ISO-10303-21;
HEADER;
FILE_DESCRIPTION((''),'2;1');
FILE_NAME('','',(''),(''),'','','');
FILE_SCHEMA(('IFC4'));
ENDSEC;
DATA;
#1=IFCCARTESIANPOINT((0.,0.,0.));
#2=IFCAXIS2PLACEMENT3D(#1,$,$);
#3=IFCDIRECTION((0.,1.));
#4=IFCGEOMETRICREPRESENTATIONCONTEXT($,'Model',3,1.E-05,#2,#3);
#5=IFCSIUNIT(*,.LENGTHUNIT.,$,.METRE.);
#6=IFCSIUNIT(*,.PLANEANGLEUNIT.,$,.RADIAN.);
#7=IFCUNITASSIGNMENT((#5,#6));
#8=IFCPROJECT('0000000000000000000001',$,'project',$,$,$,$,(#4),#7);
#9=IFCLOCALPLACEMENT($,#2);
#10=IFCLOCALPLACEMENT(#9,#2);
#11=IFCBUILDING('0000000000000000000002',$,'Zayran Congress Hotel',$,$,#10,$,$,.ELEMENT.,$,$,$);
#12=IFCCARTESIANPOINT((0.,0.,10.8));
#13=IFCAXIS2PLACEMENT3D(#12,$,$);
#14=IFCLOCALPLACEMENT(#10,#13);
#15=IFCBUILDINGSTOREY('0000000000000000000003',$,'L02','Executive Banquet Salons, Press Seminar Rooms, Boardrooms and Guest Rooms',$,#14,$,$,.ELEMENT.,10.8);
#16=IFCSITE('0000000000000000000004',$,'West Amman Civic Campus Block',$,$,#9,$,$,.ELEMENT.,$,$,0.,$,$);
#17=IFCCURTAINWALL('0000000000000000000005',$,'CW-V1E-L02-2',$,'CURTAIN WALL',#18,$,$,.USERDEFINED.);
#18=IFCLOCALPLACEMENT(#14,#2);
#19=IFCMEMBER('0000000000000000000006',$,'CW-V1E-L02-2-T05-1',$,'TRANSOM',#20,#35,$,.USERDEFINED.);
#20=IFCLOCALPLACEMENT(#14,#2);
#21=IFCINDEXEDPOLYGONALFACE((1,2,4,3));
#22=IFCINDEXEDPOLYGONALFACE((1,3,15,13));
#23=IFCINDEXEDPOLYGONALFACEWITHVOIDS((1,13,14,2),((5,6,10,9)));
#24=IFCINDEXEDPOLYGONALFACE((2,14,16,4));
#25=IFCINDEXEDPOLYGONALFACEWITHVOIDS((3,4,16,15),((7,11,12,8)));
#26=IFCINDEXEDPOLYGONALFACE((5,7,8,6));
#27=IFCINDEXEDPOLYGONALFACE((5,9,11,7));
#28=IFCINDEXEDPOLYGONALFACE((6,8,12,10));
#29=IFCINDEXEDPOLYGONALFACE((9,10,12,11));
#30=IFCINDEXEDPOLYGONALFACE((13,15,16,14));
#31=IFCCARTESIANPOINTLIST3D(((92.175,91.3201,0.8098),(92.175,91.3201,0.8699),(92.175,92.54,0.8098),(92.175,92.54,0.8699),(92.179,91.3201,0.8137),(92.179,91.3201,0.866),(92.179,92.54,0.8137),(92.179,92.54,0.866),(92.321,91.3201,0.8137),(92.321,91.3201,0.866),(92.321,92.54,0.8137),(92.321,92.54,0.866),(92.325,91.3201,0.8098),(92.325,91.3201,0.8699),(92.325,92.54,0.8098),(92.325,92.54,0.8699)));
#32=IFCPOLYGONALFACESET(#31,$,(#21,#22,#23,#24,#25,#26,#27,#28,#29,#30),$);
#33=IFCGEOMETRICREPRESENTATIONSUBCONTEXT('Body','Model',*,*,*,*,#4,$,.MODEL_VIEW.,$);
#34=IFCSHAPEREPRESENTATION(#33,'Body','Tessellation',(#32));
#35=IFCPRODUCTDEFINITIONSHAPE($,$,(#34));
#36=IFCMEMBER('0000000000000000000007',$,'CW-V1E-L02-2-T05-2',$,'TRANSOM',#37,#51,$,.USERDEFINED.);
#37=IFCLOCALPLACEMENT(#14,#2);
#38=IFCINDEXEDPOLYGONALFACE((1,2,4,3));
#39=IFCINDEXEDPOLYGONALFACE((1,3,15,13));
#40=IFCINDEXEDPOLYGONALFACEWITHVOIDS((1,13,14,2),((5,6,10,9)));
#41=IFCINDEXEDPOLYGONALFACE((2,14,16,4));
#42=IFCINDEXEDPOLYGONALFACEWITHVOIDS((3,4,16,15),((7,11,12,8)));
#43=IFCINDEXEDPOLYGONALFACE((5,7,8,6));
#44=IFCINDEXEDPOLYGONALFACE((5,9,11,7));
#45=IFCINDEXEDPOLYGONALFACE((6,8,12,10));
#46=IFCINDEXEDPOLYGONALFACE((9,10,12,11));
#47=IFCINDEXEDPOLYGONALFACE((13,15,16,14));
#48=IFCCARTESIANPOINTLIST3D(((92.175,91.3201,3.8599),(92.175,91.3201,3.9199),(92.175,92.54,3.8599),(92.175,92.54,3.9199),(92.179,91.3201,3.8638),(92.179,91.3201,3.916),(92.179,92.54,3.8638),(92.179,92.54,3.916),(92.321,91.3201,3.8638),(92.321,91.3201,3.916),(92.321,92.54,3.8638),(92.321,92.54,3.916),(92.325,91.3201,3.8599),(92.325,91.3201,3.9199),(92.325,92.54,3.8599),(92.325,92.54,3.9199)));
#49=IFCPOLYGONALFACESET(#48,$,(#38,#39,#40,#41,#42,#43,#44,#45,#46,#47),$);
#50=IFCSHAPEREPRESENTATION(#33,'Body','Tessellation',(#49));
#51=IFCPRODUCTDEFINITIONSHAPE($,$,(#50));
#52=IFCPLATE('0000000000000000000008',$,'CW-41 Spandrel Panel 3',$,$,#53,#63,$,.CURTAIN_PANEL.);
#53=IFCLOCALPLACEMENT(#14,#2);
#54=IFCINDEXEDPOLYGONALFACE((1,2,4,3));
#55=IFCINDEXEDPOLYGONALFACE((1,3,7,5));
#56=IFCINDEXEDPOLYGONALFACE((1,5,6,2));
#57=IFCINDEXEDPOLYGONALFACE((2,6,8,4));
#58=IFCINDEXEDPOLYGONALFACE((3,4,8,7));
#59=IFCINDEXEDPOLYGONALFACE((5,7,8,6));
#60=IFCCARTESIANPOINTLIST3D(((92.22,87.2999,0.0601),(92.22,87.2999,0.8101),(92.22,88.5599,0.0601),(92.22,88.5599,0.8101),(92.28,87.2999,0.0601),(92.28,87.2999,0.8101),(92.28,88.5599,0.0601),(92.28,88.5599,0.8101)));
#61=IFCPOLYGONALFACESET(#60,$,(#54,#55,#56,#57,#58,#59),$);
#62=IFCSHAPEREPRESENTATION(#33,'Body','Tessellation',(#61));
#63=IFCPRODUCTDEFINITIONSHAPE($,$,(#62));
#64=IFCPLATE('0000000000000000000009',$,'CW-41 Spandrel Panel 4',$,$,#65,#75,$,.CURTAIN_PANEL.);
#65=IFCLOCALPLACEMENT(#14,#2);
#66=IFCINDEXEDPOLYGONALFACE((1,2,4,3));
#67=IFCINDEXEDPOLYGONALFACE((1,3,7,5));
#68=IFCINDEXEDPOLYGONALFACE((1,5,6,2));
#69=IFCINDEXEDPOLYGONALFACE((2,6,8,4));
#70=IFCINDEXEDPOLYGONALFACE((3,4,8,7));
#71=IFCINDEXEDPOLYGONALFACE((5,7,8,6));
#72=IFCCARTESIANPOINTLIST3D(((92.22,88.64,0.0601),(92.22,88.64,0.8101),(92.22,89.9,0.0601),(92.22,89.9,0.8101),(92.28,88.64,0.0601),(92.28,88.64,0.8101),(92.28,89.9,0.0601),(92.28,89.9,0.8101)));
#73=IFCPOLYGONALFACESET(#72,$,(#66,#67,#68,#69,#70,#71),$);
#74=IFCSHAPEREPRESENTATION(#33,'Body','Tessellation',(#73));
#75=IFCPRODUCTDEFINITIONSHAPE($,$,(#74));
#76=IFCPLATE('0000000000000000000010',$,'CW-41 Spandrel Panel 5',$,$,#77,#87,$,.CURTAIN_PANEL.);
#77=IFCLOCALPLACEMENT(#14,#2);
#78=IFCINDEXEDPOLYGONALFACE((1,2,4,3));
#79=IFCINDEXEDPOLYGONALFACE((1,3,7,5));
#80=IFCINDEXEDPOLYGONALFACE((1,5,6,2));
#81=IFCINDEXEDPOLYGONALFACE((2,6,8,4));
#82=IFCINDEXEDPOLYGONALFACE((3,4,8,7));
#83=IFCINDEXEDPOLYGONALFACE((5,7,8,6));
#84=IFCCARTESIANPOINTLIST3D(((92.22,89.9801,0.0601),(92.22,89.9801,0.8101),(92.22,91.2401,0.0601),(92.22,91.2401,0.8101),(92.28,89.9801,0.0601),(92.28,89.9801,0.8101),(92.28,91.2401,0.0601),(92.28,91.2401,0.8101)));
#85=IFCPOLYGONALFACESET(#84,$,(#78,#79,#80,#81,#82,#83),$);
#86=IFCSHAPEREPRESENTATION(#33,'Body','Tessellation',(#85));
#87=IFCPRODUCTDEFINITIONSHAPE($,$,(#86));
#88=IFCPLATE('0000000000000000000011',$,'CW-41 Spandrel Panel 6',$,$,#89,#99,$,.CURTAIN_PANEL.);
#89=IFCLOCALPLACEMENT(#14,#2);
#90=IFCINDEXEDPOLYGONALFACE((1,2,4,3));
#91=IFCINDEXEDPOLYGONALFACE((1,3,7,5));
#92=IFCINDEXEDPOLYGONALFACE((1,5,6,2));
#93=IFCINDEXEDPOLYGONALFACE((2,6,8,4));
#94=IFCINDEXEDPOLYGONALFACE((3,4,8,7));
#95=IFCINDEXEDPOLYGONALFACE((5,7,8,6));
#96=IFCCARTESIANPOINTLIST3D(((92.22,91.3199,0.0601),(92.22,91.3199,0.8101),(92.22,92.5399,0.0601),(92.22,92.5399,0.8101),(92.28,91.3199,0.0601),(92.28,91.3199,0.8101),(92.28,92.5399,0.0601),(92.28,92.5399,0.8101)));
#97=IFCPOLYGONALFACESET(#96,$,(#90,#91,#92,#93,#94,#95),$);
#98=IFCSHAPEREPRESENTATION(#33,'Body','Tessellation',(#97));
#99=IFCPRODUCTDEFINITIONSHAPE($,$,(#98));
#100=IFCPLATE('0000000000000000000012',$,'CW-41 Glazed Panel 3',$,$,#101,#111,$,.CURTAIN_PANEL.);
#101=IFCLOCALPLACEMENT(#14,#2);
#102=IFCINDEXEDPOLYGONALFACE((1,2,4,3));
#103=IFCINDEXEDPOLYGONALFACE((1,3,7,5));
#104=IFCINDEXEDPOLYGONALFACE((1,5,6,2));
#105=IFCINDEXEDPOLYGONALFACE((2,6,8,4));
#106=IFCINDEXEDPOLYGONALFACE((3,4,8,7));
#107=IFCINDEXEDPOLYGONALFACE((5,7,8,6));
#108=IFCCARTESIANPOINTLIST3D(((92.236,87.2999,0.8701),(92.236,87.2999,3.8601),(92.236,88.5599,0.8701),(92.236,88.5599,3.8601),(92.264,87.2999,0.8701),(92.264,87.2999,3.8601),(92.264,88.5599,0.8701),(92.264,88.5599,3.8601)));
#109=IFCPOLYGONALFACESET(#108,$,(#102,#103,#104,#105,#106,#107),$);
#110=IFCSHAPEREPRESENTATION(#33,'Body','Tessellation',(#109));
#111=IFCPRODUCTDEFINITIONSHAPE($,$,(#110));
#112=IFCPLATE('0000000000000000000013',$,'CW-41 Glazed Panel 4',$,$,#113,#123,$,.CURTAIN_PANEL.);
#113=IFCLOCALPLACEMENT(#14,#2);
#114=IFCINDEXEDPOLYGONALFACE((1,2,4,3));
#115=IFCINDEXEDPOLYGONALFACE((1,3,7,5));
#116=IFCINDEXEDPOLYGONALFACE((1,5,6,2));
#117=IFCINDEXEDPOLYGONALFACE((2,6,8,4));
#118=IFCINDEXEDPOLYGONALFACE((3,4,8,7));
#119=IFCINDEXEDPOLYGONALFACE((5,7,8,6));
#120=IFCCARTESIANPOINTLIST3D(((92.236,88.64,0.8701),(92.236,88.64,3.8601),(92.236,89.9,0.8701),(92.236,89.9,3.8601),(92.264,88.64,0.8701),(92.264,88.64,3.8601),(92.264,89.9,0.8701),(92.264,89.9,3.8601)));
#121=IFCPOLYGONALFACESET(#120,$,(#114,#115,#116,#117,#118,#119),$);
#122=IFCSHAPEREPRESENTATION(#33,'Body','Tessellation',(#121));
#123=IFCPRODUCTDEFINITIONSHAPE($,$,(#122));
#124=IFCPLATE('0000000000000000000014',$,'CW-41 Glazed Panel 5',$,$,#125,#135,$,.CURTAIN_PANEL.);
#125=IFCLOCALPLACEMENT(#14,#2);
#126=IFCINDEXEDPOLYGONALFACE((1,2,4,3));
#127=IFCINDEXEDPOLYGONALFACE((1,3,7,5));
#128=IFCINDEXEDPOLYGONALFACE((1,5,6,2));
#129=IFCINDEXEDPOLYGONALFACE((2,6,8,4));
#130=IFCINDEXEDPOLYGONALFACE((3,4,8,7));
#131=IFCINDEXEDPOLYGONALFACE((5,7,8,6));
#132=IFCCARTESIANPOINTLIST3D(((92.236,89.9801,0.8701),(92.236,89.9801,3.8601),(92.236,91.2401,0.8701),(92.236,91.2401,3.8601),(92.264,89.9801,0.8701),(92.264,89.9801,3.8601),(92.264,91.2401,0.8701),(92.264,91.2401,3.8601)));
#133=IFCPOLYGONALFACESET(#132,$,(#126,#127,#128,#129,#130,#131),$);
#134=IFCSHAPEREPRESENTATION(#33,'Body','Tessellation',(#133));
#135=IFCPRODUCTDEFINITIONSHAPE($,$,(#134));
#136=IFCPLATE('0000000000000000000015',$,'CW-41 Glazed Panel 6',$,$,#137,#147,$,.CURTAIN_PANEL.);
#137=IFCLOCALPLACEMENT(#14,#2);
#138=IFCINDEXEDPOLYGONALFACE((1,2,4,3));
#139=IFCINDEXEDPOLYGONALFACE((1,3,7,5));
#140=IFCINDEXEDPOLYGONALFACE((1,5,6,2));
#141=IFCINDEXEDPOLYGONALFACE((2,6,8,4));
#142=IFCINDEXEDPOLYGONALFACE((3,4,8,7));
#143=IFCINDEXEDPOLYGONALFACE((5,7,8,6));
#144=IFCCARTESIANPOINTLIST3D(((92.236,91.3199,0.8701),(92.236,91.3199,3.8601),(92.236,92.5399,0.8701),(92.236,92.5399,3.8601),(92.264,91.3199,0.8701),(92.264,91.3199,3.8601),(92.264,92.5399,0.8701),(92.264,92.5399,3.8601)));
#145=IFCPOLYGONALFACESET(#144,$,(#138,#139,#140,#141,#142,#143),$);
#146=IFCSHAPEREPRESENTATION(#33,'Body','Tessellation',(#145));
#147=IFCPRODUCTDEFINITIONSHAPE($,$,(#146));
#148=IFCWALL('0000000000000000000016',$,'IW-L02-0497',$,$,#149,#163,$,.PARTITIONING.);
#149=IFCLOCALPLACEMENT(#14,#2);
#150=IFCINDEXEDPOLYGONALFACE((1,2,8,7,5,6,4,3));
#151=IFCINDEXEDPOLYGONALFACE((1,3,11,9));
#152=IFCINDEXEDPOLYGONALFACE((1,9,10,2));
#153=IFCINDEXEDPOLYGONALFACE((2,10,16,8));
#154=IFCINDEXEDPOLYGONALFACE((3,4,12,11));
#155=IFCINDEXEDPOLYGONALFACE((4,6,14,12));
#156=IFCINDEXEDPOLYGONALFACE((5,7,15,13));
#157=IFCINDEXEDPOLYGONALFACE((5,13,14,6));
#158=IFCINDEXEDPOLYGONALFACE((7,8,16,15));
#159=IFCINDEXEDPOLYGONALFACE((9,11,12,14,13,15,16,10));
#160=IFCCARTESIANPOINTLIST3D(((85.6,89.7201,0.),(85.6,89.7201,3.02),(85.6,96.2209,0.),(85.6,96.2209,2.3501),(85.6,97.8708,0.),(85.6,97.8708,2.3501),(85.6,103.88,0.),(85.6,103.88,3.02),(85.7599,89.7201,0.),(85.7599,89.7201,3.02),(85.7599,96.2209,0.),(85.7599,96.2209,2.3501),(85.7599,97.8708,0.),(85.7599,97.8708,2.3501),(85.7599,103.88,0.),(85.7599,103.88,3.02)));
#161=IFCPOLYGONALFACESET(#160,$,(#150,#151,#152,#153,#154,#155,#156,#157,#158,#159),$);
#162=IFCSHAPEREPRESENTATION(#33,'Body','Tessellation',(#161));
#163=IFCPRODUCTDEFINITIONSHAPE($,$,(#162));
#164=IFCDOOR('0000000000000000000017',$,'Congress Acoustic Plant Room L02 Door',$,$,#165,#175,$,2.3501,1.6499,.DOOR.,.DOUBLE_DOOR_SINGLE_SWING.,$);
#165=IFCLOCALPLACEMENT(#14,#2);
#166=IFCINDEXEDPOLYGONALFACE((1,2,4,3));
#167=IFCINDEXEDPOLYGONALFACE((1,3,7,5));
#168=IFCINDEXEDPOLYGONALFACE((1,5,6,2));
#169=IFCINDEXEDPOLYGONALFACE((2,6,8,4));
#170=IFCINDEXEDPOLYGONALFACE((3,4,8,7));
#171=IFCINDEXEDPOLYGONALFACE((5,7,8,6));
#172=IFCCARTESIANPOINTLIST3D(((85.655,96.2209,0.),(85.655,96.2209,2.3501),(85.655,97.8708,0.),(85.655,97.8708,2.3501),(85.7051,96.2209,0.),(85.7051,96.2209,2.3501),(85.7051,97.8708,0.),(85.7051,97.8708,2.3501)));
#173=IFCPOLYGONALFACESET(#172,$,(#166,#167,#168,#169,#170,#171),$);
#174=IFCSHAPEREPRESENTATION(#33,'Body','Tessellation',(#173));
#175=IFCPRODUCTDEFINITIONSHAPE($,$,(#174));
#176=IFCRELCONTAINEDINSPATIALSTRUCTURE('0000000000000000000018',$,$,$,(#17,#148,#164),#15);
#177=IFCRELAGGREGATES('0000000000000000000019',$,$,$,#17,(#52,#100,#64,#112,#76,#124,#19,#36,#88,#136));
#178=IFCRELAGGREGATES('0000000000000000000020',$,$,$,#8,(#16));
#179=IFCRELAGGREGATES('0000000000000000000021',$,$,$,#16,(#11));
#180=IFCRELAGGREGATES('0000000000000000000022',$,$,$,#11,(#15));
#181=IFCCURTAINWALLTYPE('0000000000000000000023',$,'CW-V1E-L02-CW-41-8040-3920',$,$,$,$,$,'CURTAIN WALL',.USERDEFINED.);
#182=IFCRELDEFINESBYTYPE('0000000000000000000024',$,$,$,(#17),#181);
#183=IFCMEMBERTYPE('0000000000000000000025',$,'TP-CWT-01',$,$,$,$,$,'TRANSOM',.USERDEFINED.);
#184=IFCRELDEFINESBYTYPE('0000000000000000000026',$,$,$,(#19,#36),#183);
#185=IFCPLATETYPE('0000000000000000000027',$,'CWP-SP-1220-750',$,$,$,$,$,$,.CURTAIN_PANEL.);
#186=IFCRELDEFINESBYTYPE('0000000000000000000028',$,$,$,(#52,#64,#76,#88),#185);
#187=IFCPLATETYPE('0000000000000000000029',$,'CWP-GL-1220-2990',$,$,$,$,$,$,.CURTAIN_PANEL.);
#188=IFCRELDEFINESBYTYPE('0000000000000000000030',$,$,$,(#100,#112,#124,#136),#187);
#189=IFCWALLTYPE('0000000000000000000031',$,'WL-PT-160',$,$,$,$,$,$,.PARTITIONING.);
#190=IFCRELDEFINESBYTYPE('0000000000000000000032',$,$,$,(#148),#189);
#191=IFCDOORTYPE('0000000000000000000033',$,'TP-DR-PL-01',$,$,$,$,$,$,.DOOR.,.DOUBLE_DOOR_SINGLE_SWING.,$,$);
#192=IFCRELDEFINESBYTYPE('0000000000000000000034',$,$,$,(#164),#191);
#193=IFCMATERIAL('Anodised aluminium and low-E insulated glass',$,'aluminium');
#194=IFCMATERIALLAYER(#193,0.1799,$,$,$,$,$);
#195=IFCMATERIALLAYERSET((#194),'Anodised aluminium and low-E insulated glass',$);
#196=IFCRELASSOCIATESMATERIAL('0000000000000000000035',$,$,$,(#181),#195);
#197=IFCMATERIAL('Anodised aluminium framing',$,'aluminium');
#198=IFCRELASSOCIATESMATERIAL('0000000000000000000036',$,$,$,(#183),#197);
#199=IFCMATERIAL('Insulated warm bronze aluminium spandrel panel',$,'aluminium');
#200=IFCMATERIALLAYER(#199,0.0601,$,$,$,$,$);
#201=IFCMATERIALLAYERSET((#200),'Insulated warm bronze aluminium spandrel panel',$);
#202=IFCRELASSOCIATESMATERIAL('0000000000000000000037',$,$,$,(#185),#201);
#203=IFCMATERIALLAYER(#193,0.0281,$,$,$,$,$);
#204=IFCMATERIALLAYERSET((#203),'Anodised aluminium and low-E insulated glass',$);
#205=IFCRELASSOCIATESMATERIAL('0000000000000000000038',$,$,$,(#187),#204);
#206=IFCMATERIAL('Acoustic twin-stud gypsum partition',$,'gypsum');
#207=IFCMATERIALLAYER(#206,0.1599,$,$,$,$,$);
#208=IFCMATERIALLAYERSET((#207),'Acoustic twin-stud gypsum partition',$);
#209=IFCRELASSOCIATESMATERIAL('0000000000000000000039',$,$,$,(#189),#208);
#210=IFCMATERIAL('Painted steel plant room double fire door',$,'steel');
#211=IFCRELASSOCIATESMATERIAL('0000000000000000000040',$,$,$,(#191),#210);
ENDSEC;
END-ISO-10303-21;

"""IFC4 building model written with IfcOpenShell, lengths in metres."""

from ifc_helpers import new_model, si_unit, direction, frame, frame_2d, origin, origin_2d, place, context, subcontext, project, spatial, rectangle, hollow_rectangle, extrude, material, layer, layer_set, material_profile, profile_set, type_object, element, fill, aggregate, save


model = new_model("IFC4")

# Units and contexts
model_context = context("Model", 3, precision=1e-05, world=origin(), true_north=direction((0.0, 1.0)))
body_context = subcontext(model_context, "Body", "Model", "MODEL_VIEW")
ifc_project = project(units=[si_unit("LENGTHUNIT", "METRE"), si_unit("PLANEANGLEUNIT", "RADIAN")], contexts=[model_context])

# Site, building, storey
site_placement = place(None, origin())
site = spatial("IfcSite", under=ifc_project, at=site_placement, Name="West Amman Civic Campus Block", CompositionType="ELEMENT", RefElevation=0.0)
building_placement = place(site_placement, origin())
building = spatial("IfcBuilding", under=site, at=building_placement, Name="Zayran Congress Hotel", CompositionType="ELEMENT")
storey_placement = place(building_placement, frame((0.0, 0.0, 10.8)))
storey = spatial("IfcBuildingStorey", under=building, at=storey_placement, Name="L02", Description="Executive Banquet Salons, Press Seminar Rooms, Boardrooms and Guest Rooms", CompositionType="ELEMENT", Elevation=10.8)

# Curtain wall, members, plates
ifc_material_1 = material(Name="Anodised aluminium and low-E insulated glass", Category="aluminium")
ifc_layer_1 = layer(ifc_material_1, 0.1799)
ifc_layer_set_1 = layer_set([ifc_layer_1], Name="Anodised aluminium and low-E insulated glass")
curtain_wall_type = type_object("IfcCurtainWallType", Name="CW-V1E-L02-CW-41-8040-3920", ElementType="CURTAIN WALL", PredefinedType="USERDEFINED", material=ifc_layer_set_1)
curtain_wall_placement = place(storey_placement, origin())
curtain_wall = element("IfcCurtainWall", 1, at=curtain_wall_placement, inside=storey, type_object=curtain_wall_type, Name="CW-V1E-L02-2", ObjectType="CURTAIN WALL", PredefinedType="USERDEFINED")
ifc_material_2 = material(Name="Anodised aluminium framing", Category="aluminium")
ifc_material_profile_1 = material_profile(ifc_material_2, hollow_rectangle(XDim=0.0601, YDim=0.1499, WallThickness=0.0039, at=origin_2d()), Name="RHS 150x60x4")
ifc_profile_set_1 = profile_set([ifc_material_profile_1], Name="Anodised aluminium framing")
member_type_1 = type_object("IfcMemberType", Name="TP-CWT-01", ElementType="TRANSOM", PredefinedType="USERDEFINED", material=ifc_profile_set_1)
member_1_placement = place(storey_placement, frame((92.25, 91.3201, 0.8398), z_axis=(0.0, 1.0, 0.0), x_axis=(0.0, 0.0, 1.0)))
member_1 = element("IfcMember", 2, at=member_1_placement, type_object=member_type_1, Name="CW-V1E-L02-2-T05-1", ObjectType="TRANSOM", PredefinedType="USERDEFINED", context=body_context, shape_type="SweptSolid", body=[
    extrude(hollow_rectangle(XDim=0.0601, YDim=0.1499, WallThickness=0.0039, at=origin_2d()), origin(), (0.0, 0.0, 1.0), 1.22),
])
member_2_placement = place(storey_placement, frame((92.25, 91.3201, 3.8899), z_axis=(0.0, 1.0, 0.0), x_axis=(0.0, 0.0, 1.0)))
member_2 = element("IfcMember", 3, at=member_2_placement, type_object=member_type_1, Name="CW-V1E-L02-2-T05-2", ObjectType="TRANSOM", PredefinedType="USERDEFINED", context=body_context, shape_type="SweptSolid", body=[
    extrude(hollow_rectangle(XDim=0.0601, YDim=0.1499, WallThickness=0.0039, at=origin_2d()), origin(), (0.0, 0.0, 1.0), 1.22),
])
ifc_material_3 = material(Name="Insulated warm bronze aluminium spandrel panel", Category="aluminium")
ifc_layer_2 = layer(ifc_material_3, 0.0601)
ifc_layer_set_2 = layer_set([ifc_layer_2], Name="Insulated warm bronze aluminium spandrel panel")
plate_type_1 = type_object("IfcPlateType", Name="CWP-SP-1220-750", PredefinedType="CURTAIN_PANEL", material=ifc_layer_set_2)
plate_1_placement = place(storey_placement, frame((92.25, 87.9299, 0.0601), z_axis=(0.0, 0.0, 1.0), x_axis=(0.0, 1.0, 0.0)))
plate_1 = element("IfcPlate", 4, at=plate_1_placement, type_object=plate_type_1, Name="CW-41 Spandrel Panel 3", PredefinedType="CURTAIN_PANEL", context=body_context, shape_type="SweptSolid", body=[
    extrude(rectangle(XDim=1.26, YDim=0.0601, at=origin_2d()), origin(), (0.0, 0.0, 1.0), 0.75),
])
plate_2_placement = place(storey_placement, frame((92.25, 89.27, 0.0601), z_axis=(0.0, 0.0, 1.0), x_axis=(0.0, 1.0, 0.0)))
plate_2 = element("IfcPlate", 5, at=plate_2_placement, type_object=plate_type_1, Name="CW-41 Spandrel Panel 4", PredefinedType="CURTAIN_PANEL", context=body_context, shape_type="SweptSolid", body=[
    extrude(rectangle(XDim=1.26, YDim=0.0601, at=origin_2d()), origin(), (0.0, 0.0, 1.0), 0.75),
])
plate_3_placement = place(storey_placement, frame((92.25, 90.6101, 0.0601), z_axis=(0.0, 0.0, 1.0), x_axis=(0.0, 1.0, 0.0)))
plate_3 = element("IfcPlate", 6, at=plate_3_placement, type_object=plate_type_1, Name="CW-41 Spandrel Panel 5", PredefinedType="CURTAIN_PANEL", context=body_context, shape_type="SweptSolid", body=[
    extrude(rectangle(XDim=1.26, YDim=0.0601, at=origin_2d()), origin(), (0.0, 0.0, 1.0), 0.75),
])
plate_4_placement = place(storey_placement, frame((92.25, 91.9299, 0.0601), z_axis=(0.0, 0.0, 1.0), x_axis=(0.0, 1.0, 0.0)))
plate_4 = element("IfcPlate", 7, at=plate_4_placement, type_object=plate_type_1, Name="CW-41 Spandrel Panel 6", PredefinedType="CURTAIN_PANEL", context=body_context, shape_type="SweptSolid", body=[
    extrude(rectangle(XDim=1.22, YDim=0.0601, at=origin_2d()), origin(), (0.0, 0.0, 1.0), 0.75),
])
ifc_layer_3 = layer(ifc_material_1, 0.0281)
ifc_layer_set_3 = layer_set([ifc_layer_3], Name="Anodised aluminium and low-E insulated glass")
plate_type_2 = type_object("IfcPlateType", Name="CWP-GL-1220-2990", PredefinedType="CURTAIN_PANEL", material=ifc_layer_set_3)
plate_5_placement = place(storey_placement, frame((92.25, 87.9299, 0.8701), z_axis=(0.0, 0.0, 1.0), x_axis=(0.0, 1.0, 0.0)))
plate_5 = element("IfcPlate", 8, at=plate_5_placement, type_object=plate_type_2, Name="CW-41 Glazed Panel 3", PredefinedType="CURTAIN_PANEL", context=body_context, shape_type="SweptSolid", body=[
    extrude(rectangle(XDim=1.26, YDim=0.0281, at=origin_2d()), origin(), (0.0, 0.0, 1.0), 2.99),
])
plate_6_placement = place(storey_placement, frame((92.25, 89.27, 0.8701), z_axis=(0.0, 0.0, 1.0), x_axis=(0.0, 1.0, 0.0)))
plate_6 = element("IfcPlate", 9, at=plate_6_placement, type_object=plate_type_2, Name="CW-41 Glazed Panel 4", PredefinedType="CURTAIN_PANEL", context=body_context, shape_type="SweptSolid", body=[
    extrude(rectangle(XDim=1.26, YDim=0.0281, at=origin_2d()), origin(), (0.0, 0.0, 1.0), 2.99),
])
plate_7_placement = place(storey_placement, frame((92.25, 90.6101, 0.8701), z_axis=(0.0, 0.0, 1.0), x_axis=(0.0, 1.0, 0.0)))
plate_7 = element("IfcPlate", 10, at=plate_7_placement, type_object=plate_type_2, Name="CW-41 Glazed Panel 5", PredefinedType="CURTAIN_PANEL", context=body_context, shape_type="SweptSolid", body=[
    extrude(rectangle(XDim=1.26, YDim=0.0281, at=origin_2d()), origin(), (0.0, 0.0, 1.0), 2.99),
])
plate_8_placement = place(storey_placement, frame((92.25, 91.9299, 0.8701), z_axis=(0.0, 0.0, 1.0), x_axis=(0.0, 1.0, 0.0)))
plate_8 = element("IfcPlate", 11, at=plate_8_placement, type_object=plate_type_2, Name="CW-41 Glazed Panel 6", PredefinedType="CURTAIN_PANEL", context=body_context, shape_type="SweptSolid", body=[
    extrude(rectangle(XDim=1.22, YDim=0.0281, at=origin_2d()), origin(), (0.0, 0.0, 1.0), 2.99),
])
aggregate(curtain_wall, [plate_1, plate_5, plate_2, plate_6, plate_3, plate_7, member_1, member_2, plate_4, plate_8])

# Wall, opening, door
ifc_material_4 = material(Name="Acoustic twin-stud gypsum partition", Category="gypsum")
ifc_layer_4 = layer(ifc_material_4, 0.1599)
ifc_layer_set_4 = layer_set([ifc_layer_4], Name="Acoustic twin-stud gypsum partition")
wall_type_1 = type_object("IfcWallType", Name="WL-PT-160", PredefinedType="PARTITIONING", material=ifc_layer_set_4)
wall_placement = place(storey_placement, frame((85.6799, 89.72, 0.0), z_axis=(0.0, 0.0, 1.0), x_axis=(0.0, 1.0, 0.0)))
wall = element("IfcWall", 12, at=wall_placement, inside=storey, type_object=wall_type_1, Name="IW-L02-0497", PredefinedType="PARTITIONING", context=body_context, shape_type="SweptSolid", body=[
    extrude(rectangle(XDim=14.1599, YDim=0.1599, at=frame_2d((7.0801, 0.0))), origin(), (0.0, 0.0, 1.0), 3.02),
])
opening_placement = place(wall_placement, frame((6.501, 0.0, 0.0)))
opening = element("IfcOpeningElement", 13, at=opening_placement, cuts=wall, PredefinedType="OPENING", context=body_context, shape_type="SweptSolid", body=[
    extrude(rectangle(XDim=1.6499, YDim=2.3501, at=frame_2d((0.825, 1.175))), frame((0.0, 0.0898, 0.0), z_axis=(0.0, -1.0, 0.0), x_axis=(1.0, 0.0, 0.0)), (0.0, 0.0, 1.0), 0.1799),
])
ifc_material_5 = material(Name="Painted steel plant room double fire door", Category="steel")
door_type = type_object("IfcDoorType", Name="TP-DR-PL-01", OperationType="DOUBLE_DOOR_SINGLE_SWING", PredefinedType="DOOR", material=ifc_material_5)
door_placement = place(opening_placement, origin())
door = element("IfcDoor", 14, at=door_placement, inside=storey, type_object=door_type, Name="Congress Acoustic Plant Room L02 Door", OperationType="DOUBLE_DOOR_SINGLE_SWING", OverallHeight=2.3501, OverallWidth=1.6499, PredefinedType="DOOR", context=body_context, shape_type="SweptSolid", body=[
    extrude(rectangle(XDim=1.6499, YDim=2.3501, at=frame_2d((0.825, 1.175))), frame((0.0, 0.0249, 0.0), z_axis=(0.0, -1.0, 0.0), x_axis=(1.0, 0.0, 0.0)), (0.0, 0.0, 1.0), 0.05),
])
fill(opening, door)

save(model, "model.ifc")
